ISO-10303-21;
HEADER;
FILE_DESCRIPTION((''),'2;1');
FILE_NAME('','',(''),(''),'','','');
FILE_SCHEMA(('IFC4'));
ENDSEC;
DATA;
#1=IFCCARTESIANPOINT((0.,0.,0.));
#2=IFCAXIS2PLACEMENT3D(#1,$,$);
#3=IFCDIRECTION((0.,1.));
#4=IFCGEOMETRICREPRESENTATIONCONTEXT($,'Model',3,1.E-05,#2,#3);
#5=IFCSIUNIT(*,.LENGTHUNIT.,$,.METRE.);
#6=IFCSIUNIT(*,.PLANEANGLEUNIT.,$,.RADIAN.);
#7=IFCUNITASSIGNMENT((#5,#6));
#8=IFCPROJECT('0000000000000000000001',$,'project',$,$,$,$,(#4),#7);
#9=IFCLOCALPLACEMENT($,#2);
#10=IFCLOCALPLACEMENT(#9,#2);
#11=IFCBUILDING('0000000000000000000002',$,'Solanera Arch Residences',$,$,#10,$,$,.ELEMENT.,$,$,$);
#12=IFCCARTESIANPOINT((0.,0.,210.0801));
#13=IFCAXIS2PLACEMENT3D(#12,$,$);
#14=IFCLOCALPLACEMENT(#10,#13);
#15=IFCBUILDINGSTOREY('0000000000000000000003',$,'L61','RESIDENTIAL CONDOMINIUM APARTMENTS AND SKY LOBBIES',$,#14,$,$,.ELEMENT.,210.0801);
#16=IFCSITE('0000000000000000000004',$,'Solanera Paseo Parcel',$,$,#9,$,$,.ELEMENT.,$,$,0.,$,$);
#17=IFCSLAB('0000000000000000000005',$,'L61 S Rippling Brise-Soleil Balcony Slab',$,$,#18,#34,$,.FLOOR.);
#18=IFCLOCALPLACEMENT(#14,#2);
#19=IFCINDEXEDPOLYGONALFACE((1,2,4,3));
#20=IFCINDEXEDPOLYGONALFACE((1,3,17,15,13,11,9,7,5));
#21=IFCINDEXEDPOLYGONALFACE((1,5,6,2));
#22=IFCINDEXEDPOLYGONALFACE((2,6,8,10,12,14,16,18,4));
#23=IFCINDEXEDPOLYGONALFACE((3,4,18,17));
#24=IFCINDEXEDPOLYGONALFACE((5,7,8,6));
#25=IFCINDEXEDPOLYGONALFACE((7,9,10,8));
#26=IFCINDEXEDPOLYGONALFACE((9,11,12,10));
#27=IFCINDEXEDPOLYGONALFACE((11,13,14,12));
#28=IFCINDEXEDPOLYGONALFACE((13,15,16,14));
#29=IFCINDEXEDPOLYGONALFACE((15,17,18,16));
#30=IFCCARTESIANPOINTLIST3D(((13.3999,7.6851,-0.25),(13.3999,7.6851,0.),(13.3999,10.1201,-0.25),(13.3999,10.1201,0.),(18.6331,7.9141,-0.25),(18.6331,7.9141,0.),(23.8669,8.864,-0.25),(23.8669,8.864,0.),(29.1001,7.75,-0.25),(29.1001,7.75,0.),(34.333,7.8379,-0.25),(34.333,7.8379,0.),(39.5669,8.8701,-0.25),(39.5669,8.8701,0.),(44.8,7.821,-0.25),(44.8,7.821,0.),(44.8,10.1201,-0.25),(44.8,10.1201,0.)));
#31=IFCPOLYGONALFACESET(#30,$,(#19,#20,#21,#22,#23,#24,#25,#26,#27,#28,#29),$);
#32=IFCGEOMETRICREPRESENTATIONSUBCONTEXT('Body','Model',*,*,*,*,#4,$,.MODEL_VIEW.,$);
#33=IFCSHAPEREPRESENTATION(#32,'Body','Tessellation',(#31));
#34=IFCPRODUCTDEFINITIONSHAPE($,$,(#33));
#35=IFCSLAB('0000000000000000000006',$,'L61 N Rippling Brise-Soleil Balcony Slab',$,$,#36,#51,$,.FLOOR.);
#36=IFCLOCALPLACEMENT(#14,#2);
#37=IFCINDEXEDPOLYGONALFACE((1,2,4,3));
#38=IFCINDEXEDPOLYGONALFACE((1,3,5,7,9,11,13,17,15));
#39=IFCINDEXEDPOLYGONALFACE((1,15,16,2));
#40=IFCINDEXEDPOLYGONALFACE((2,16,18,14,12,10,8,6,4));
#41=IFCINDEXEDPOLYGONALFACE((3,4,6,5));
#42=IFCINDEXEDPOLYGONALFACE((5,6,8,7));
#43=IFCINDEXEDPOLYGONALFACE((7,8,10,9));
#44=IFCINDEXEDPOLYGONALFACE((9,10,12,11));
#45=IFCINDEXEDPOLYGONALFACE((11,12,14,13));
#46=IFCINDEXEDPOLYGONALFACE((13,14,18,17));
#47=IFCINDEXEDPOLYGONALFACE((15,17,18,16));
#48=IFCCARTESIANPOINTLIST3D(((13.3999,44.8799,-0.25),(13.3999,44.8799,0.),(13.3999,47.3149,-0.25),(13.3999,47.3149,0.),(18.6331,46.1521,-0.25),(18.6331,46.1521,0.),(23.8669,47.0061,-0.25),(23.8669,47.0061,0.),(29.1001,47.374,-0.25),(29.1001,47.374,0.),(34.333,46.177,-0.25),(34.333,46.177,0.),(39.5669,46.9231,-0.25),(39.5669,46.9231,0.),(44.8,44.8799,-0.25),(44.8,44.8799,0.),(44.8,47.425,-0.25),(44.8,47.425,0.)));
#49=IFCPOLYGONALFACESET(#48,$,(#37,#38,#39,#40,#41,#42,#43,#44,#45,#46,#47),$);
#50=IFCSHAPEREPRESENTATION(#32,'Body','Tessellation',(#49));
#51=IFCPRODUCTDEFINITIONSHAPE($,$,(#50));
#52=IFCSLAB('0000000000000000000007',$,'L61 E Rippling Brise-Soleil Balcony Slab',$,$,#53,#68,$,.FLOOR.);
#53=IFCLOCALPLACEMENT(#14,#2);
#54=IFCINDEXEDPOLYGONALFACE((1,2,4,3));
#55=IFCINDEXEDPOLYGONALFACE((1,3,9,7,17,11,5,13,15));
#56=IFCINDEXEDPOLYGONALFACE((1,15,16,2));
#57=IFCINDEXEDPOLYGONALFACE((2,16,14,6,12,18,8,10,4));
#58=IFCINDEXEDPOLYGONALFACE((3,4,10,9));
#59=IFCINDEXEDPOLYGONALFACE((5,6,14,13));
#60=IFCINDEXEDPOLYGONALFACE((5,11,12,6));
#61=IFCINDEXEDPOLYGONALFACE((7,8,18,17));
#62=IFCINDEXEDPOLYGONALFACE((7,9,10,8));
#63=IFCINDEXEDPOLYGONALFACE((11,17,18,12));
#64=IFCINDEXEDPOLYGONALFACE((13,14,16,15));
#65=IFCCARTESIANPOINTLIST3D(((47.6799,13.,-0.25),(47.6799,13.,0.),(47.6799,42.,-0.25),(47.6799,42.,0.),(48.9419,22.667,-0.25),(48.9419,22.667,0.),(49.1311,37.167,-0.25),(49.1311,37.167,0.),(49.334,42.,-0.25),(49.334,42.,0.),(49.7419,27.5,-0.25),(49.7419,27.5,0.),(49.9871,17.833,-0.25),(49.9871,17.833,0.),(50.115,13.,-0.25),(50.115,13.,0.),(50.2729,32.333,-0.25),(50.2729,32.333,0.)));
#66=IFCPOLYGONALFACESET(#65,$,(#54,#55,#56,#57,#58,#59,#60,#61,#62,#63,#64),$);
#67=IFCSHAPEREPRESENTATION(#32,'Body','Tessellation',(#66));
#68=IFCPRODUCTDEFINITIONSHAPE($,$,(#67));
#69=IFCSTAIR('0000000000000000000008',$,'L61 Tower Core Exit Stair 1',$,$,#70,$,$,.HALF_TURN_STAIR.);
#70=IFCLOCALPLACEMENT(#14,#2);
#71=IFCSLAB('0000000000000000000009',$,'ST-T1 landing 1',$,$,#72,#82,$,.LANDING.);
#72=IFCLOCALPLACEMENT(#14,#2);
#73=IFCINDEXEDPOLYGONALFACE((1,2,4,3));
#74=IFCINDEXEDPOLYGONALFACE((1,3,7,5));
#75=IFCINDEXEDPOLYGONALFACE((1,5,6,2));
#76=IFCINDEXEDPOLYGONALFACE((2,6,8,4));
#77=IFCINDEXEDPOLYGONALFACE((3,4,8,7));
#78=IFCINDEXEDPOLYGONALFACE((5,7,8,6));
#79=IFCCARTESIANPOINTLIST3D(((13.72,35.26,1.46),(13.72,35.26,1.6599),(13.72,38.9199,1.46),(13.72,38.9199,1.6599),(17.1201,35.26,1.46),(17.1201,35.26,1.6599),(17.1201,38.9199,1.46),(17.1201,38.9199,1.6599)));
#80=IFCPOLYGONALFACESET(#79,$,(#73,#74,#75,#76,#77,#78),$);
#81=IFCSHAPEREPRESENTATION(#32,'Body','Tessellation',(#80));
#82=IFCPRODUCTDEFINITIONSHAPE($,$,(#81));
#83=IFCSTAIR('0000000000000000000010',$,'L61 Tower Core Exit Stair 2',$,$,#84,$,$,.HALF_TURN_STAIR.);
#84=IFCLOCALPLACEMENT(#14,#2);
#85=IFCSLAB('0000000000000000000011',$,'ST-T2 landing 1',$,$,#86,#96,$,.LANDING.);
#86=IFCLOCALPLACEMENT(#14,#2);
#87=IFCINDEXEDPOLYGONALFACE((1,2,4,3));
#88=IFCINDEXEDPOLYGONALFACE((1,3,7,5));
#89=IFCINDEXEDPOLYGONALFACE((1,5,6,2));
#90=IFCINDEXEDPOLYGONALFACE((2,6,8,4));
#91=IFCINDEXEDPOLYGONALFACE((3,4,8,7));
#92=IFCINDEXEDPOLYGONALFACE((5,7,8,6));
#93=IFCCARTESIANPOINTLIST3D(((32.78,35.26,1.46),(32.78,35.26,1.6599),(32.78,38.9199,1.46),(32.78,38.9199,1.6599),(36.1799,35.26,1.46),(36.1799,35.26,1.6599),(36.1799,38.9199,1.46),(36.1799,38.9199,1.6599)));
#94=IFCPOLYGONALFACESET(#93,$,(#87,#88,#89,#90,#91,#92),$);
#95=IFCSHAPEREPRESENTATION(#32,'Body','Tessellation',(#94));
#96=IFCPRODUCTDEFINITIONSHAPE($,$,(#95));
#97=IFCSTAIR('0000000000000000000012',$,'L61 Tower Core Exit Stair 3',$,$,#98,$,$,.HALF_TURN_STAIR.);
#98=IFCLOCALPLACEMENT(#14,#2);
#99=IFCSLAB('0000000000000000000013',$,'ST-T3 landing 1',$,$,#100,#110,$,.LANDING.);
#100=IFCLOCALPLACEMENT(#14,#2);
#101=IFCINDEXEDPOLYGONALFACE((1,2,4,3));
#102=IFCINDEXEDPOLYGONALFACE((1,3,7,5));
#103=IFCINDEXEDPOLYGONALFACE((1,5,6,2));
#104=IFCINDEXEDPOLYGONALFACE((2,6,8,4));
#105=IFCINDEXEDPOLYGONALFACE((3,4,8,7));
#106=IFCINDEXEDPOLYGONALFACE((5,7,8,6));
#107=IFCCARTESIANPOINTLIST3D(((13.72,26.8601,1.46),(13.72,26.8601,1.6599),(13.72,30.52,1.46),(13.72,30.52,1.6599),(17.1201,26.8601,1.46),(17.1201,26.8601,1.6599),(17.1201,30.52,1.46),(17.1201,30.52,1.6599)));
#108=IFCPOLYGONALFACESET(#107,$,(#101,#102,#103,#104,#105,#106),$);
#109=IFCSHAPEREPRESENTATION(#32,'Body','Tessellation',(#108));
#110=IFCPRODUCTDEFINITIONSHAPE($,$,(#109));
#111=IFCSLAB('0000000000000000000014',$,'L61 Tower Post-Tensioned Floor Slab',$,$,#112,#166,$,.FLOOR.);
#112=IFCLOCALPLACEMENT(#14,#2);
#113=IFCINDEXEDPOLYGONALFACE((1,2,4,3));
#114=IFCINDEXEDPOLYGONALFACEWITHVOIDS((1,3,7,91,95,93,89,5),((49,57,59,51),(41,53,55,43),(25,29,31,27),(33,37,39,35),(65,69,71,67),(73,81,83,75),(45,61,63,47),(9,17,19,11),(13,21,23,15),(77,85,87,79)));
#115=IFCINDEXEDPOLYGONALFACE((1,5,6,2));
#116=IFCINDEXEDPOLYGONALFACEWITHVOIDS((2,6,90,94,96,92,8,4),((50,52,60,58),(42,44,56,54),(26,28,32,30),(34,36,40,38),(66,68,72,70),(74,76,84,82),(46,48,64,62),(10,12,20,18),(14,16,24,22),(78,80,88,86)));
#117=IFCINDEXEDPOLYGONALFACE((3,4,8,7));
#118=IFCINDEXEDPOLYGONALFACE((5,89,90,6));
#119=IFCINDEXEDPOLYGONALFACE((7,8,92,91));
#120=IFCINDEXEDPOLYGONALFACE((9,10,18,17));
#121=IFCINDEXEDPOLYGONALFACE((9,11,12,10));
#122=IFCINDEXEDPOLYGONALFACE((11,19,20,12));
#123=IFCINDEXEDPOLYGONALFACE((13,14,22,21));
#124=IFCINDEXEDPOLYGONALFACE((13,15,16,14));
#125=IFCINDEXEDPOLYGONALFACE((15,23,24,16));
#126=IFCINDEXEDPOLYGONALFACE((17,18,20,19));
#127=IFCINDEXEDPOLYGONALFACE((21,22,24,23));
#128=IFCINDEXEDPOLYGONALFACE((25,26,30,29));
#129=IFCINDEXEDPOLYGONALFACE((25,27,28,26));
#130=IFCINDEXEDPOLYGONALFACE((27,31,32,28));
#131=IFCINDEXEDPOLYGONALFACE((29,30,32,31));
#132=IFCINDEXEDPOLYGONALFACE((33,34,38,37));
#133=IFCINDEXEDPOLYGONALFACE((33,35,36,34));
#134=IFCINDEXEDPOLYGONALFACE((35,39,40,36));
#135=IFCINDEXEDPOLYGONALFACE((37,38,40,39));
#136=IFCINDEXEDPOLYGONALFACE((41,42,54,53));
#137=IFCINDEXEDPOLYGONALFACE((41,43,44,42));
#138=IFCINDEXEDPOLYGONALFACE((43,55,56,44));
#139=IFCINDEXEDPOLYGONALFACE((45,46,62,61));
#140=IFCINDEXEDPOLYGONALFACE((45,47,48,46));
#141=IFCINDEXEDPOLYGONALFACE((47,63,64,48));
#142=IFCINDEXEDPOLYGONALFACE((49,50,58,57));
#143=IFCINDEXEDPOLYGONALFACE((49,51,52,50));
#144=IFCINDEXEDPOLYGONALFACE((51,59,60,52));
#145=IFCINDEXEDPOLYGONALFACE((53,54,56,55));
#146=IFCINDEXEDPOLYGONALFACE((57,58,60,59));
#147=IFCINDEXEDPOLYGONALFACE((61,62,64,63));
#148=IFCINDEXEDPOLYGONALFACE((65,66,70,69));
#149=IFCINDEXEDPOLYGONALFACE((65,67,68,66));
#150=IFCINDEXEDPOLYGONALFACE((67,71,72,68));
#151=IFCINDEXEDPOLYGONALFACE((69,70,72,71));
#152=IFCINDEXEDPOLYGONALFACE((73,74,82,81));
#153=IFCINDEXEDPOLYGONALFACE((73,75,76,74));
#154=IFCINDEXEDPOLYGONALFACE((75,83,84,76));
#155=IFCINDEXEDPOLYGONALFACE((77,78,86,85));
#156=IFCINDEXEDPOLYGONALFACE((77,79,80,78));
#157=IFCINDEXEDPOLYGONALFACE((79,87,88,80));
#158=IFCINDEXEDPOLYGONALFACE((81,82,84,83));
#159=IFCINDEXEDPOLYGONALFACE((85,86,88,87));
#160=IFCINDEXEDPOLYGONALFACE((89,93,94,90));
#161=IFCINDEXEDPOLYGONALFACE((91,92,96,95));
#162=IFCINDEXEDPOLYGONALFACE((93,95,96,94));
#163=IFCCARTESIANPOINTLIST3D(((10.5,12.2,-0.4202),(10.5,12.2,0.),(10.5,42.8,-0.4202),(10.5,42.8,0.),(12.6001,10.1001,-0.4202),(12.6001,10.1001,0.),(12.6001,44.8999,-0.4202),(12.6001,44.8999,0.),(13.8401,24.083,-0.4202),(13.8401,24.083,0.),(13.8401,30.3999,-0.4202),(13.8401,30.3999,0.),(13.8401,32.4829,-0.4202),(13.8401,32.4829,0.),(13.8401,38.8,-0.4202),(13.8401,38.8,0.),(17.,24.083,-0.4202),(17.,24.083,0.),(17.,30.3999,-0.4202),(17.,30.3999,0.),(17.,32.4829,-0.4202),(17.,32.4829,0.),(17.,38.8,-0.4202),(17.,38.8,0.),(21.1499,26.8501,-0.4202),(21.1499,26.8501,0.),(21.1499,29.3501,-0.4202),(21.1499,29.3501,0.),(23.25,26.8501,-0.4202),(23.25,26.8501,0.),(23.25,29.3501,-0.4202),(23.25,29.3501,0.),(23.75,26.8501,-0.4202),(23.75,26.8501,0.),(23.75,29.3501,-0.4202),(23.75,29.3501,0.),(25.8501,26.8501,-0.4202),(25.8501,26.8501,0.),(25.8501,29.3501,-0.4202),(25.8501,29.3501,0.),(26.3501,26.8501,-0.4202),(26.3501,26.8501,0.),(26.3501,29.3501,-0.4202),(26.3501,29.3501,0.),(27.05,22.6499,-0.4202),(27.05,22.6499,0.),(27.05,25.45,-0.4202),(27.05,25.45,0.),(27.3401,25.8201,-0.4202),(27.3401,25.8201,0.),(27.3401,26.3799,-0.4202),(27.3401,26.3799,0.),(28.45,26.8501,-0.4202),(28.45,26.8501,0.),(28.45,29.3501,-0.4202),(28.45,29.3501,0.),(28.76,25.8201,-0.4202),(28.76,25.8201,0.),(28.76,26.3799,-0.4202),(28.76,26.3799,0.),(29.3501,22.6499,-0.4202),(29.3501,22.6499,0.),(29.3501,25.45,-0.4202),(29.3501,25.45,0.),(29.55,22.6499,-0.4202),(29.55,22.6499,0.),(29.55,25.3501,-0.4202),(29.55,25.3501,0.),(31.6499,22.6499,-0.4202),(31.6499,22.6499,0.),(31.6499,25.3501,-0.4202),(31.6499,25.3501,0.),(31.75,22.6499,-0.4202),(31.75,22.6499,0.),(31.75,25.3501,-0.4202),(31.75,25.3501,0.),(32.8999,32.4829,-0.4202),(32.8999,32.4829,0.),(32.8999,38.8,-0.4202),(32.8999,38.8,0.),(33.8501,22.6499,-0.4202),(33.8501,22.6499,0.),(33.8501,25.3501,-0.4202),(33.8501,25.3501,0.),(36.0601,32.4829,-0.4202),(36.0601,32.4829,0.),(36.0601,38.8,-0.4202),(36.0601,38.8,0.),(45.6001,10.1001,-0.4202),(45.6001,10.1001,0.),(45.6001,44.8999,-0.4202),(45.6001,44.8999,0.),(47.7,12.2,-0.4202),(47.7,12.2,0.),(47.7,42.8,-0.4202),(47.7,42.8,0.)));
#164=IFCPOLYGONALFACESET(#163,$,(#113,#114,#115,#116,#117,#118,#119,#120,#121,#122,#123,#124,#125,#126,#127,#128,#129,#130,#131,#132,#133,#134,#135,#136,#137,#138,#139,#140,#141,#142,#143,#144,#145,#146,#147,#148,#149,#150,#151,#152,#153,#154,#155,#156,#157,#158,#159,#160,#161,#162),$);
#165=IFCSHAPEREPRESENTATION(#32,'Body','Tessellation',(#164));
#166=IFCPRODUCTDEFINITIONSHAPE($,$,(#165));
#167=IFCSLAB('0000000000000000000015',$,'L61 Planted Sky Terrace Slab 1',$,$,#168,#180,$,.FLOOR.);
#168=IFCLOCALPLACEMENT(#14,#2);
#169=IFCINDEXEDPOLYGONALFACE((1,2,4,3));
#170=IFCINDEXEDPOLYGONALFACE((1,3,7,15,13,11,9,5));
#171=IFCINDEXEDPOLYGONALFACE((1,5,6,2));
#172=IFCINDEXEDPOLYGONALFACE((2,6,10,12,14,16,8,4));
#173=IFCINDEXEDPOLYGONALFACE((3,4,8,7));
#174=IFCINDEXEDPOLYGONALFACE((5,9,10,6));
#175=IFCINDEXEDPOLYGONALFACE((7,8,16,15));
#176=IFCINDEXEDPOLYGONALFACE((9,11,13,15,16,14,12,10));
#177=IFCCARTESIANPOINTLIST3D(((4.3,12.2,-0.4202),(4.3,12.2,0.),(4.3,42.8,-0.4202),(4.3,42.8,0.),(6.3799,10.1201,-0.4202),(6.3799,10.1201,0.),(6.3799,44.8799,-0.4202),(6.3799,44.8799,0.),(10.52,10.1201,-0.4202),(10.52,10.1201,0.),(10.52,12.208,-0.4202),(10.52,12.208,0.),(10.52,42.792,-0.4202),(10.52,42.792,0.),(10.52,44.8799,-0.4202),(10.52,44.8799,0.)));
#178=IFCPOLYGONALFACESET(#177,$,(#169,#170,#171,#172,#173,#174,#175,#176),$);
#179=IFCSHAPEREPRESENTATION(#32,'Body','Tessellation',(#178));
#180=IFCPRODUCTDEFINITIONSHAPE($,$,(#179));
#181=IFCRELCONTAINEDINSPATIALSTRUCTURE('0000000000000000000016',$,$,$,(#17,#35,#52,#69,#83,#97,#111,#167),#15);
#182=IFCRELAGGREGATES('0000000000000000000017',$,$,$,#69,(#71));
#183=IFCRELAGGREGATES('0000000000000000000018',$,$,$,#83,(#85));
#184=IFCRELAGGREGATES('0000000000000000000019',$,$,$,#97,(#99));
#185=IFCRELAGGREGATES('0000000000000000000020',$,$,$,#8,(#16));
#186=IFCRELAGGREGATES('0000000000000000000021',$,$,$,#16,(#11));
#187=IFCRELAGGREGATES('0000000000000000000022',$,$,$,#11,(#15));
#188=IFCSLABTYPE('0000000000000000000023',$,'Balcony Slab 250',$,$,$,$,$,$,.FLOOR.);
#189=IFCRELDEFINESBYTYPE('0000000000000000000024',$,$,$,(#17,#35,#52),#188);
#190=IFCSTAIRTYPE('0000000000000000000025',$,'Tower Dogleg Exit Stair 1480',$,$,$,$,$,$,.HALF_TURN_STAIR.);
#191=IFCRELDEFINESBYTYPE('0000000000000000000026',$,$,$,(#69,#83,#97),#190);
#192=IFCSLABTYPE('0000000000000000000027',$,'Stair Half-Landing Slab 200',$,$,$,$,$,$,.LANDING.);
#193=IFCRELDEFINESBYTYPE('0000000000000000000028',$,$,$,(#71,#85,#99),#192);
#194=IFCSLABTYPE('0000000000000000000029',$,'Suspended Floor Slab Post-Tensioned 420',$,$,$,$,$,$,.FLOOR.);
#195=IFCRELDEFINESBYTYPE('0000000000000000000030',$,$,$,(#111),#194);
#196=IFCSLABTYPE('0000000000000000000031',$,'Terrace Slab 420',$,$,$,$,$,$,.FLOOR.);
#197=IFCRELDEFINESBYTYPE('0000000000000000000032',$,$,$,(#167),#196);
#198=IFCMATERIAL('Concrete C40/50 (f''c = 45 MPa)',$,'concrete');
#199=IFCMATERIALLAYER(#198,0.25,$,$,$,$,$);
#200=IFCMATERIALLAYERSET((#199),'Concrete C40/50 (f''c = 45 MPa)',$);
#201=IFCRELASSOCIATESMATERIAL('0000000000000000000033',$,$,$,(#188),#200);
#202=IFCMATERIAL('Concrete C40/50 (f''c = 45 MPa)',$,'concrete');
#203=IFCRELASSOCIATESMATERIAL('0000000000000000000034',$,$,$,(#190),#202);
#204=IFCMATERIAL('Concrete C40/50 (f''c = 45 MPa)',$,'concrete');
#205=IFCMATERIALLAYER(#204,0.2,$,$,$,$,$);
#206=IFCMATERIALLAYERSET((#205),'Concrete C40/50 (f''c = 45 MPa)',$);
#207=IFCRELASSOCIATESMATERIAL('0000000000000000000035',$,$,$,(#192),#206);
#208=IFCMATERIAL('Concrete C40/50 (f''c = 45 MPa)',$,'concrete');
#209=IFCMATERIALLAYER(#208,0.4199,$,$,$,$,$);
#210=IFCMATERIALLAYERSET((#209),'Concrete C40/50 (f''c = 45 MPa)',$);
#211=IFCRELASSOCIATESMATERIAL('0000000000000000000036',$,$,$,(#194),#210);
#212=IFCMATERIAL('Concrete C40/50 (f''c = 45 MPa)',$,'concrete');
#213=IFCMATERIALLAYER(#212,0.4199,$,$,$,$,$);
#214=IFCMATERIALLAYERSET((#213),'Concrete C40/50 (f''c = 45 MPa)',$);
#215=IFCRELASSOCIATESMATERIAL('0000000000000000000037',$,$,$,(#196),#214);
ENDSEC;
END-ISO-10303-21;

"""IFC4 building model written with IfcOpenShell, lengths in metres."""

from ifc_helpers import new_model, si_unit, direction, frame, origin, place, context, subcontext, project, spatial, polyline, outline, extrude, material, layer, layer_set, type_object, element, aggregate, save


model = new_model("IFC4")

# Units and contexts
model_context = context("Model", 3, precision=1e-05, world=origin(), true_north=direction((0.0, 1.0)))
body_context = subcontext(model_context, "Body", "Model", "MODEL_VIEW")
ifc_project = project(units=[si_unit("LENGTHUNIT", "METRE"), si_unit("PLANEANGLEUNIT", "RADIAN")], contexts=[model_context])

# Site, building, storey
site_placement = place(None, origin())
site = spatial("IfcSite", under=ifc_project, at=site_placement, Name="Solanera Paseo Parcel", CompositionType="ELEMENT", RefElevation=0.0)
building_placement = place(site_placement, origin())
building = spatial("IfcBuilding", under=site, at=building_placement, Name="Solanera Arch Residences", CompositionType="ELEMENT")
storey_placement = place(building_placement, frame((0.0, 0.0, 210.0801)))
storey = spatial("IfcBuildingStorey", under=building, at=storey_placement, Name="L61", Description="RESIDENTIAL CONDOMINIUM APARTMENTS AND SKY LOBBIES", CompositionType="ELEMENT", Elevation=210.0801)

# Slabs
ifc_material_1 = material(Name="Concrete C40/50 (f'c = 45 MPa)", Category="concrete")
ifc_layer_1 = layer(ifc_material_1, 0.25)
ifc_layer_set_1 = layer_set([ifc_layer_1], Name="Concrete C40/50 (f'c = 45 MPa)")
slab_type_1 = type_object("IfcSlabType", Name="Balcony Slab 250", PredefinedType="FLOOR", material=ifc_layer_set_1)
slab_1_placement = place(storey_placement, frame((0.0, 0.0, -0.25)))
element("IfcSlab", 1, at=slab_1_placement, inside=storey, type_object=slab_type_1, Name="L61 S Rippling Brise-Soleil Balcony Slab", PredefinedType="FLOOR", context=body_context, shape_type="SweptSolid", body=[
    extrude(outline(polyline([(13.3999, 7.6851), (18.6331, 7.9141), (23.8669, 8.864), (29.1001, 7.75), (34.333, 7.8379), (39.5669, 8.8701), (44.8, 7.821), (44.8, 10.1201), (13.3999, 10.1201), (13.3999, 7.6851)])), origin(), (0.0, 0.0, 1.0), 0.25),
])
slab_2_placement = place(storey_placement, frame((0.0, 0.0, -0.25)))
element("IfcSlab", 2, at=slab_2_placement, inside=storey, type_object=slab_type_1, Name="L61 N Rippling Brise-Soleil Balcony Slab", PredefinedType="FLOOR", context=body_context, shape_type="SweptSolid", body=[
    extrude(outline(polyline([(44.8, 47.425), (39.5669, 46.9231), (34.333, 46.177), (29.1001, 47.374), (23.8669, 47.0061), (18.6331, 46.1521), (13.3999, 47.3149), (13.3999, 44.8799), (44.8, 44.8799), (44.8, 47.425)])), origin(), (0.0, 0.0, 1.0), 0.25),
])
slab_3_placement = place(storey_placement, frame((0.0, 0.0, -0.25)))
element("IfcSlab", 3, at=slab_3_placement, inside=storey, type_object=slab_type_1, Name="L61 E Rippling Brise-Soleil Balcony Slab", PredefinedType="FLOOR", context=body_context, shape_type="SweptSolid", body=[
    extrude(outline(polyline([(50.115, 13.0), (49.9871, 17.833), (48.9419, 22.667), (49.7419, 27.5), (50.2729, 32.333), (49.1311, 37.167), (49.334, 42.0), (47.6799, 42.0), (47.6799, 13.0), (50.115, 13.0)])), origin(), (0.0, 0.0, 1.0), 0.25),
])

# Stairs, slabs
ifc_material_2 = material(Name="Concrete C40/50 (f'c = 45 MPa)", Category="concrete")
stair_type = type_object("IfcStairType", Name="Tower Dogleg Exit Stair 1480", PredefinedType="HALF_TURN_STAIR", material=ifc_material_2)
stair_1_placement = place(storey_placement, origin())
stair_1 = element("IfcStair", 4, at=stair_1_placement, inside=storey, type_object=stair_type, Name="L61 Tower Core Exit Stair 1", PredefinedType="HALF_TURN_STAIR")
ifc_material_3 = material(Name="Concrete C40/50 (f'c = 45 MPa)", Category="concrete")
ifc_layer_2 = layer(ifc_material_3, 0.2)
ifc_layer_set_2 = layer_set([ifc_layer_2], Name="Concrete C40/50 (f'c = 45 MPa)")
slab_type_2 = type_object("IfcSlabType", Name="Stair Half-Landing Slab 200", PredefinedType="LANDING", material=ifc_layer_set_2)
slab_4_placement = place(storey_placement, frame((0.0, 0.0, 1.46)))
slab_4 = element("IfcSlab", 5, at=slab_4_placement, type_object=slab_type_2, Name="ST-T1 landing 1", PredefinedType="LANDING", context=body_context, shape_type="SweptSolid", body=[
    extrude(outline(polyline([(17.1201, 35.26), (17.1201, 38.9199), (13.72, 38.9199), (13.72, 35.26), (17.1201, 35.26)])), origin(), (0.0, 0.0, 1.0), 0.2),
])
aggregate(stair_1, [slab_4])
stair_2_placement = place(storey_placement, origin())
stair_2 = element("IfcStair", 6, at=stair_2_placement, inside=storey, type_object=stair_type, Name="L61 Tower Core Exit Stair 2", PredefinedType="HALF_TURN_STAIR")
slab_5_placement = place(storey_placement, frame((0.0, 0.0, 1.46)))
slab_5 = element("IfcSlab", 7, at=slab_5_placement, type_object=slab_type_2, Name="ST-T2 landing 1", PredefinedType="LANDING", context=body_context, shape_type="SweptSolid", body=[
    extrude(outline(polyline([(36.1799, 35.26), (36.1799, 38.9199), (32.78, 38.9199), (32.78, 35.26), (36.1799, 35.26)])), origin(), (0.0, 0.0, 1.0), 0.2),
])
aggregate(stair_2, [slab_5])
stair_3_placement = place(storey_placement, origin())
stair_3 = element("IfcStair", 8, at=stair_3_placement, inside=storey, type_object=stair_type, Name="L61 Tower Core Exit Stair 3", PredefinedType="HALF_TURN_STAIR")
slab_6_placement = place(storey_placement, frame((0.0, 0.0, 1.46)))
slab_6 = element("IfcSlab", 9, at=slab_6_placement, type_object=slab_type_2, Name="ST-T3 landing 1", PredefinedType="LANDING", context=body_context, shape_type="SweptSolid", body=[
    extrude(outline(polyline([(17.1201, 26.8601), (17.1201, 30.52), (13.72, 30.52), (13.72, 26.8601), (17.1201, 26.8601)])), origin(), (0.0, 0.0, 1.0), 0.2),
])
aggregate(stair_3, [slab_6])

# Slabs
ifc_material_4 = material(Name="Concrete C40/50 (f'c = 45 MPa)", Category="concrete")
ifc_layer_3 = layer(ifc_material_4, 0.4199)
ifc_layer_set_3 = layer_set([ifc_layer_3], Name="Concrete C40/50 (f'c = 45 MPa)")
slab_type_3 = type_object("IfcSlabType", Name="Suspended Floor Slab Post-Tensioned 420", PredefinedType="FLOOR", material=ifc_layer_set_3)
slab_7_placement = place(storey_placement, frame((0.0, 0.0, -0.4202)))
element("IfcSlab", 10, at=slab_7_placement, inside=storey, type_object=slab_type_3, Name="L61 Tower Post-Tensioned Floor Slab", PredefinedType="FLOOR", context=body_context, shape_type="SweptSolid", body=[
    extrude(outline(polyline([(12.6001, 10.1001), (45.6001, 10.1001), (47.7, 12.2), (47.7, 42.8), (45.6001, 44.8999), (12.6001, 44.8999), (10.5, 42.8), (10.5, 12.2), (12.6001, 10.1001)]), holes=[polyline([(13.8401, 32.4829), (13.8401, 38.8), (17.0, 38.8), (17.0, 32.4829), (13.8401, 32.4829)]), polyline([(32.8999, 32.4829), (32.8999, 38.8), (36.0601, 38.8), (36.0601, 32.4829), (32.8999, 32.4829)]), polyline([(13.8401, 24.083), (13.8401, 30.3999), (17.0, 30.3999), (17.0, 24.083), (13.8401, 24.083)]), polyline([(21.1499, 29.3501), (23.25, 29.3501), (23.25, 26.8501), (21.1499, 26.8501), (21.1499, 29.3501)]), polyline([(23.75, 29.3501), (25.8501, 29.3501), (25.8501, 26.8501), (23.75, 26.8501), (23.75, 29.3501)]), polyline([(26.3501, 29.3501), (28.45, 29.3501), (28.45, 26.8501), (26.3501, 26.8501), (26.3501, 29.3501)]), polyline([(29.55, 25.3501), (31.6499, 25.3501), (31.6499, 22.6499), (29.55, 22.6499), (29.55, 25.3501)]), polyline([(31.75, 25.3501), (33.8501, 25.3501), (33.8501, 22.6499), (31.75, 22.6499), (31.75, 25.3501)]), polyline([(27.05, 25.45), (29.3501, 25.45), (29.3501, 22.6499), (27.05, 22.6499), (27.05, 25.45)]), polyline([(27.3401, 26.3799), (28.76, 26.3799), (28.76, 25.8201), (27.3401, 25.8201), (27.3401, 26.3799)])]), origin(), (0.0, 0.0, 1.0), 0.4202),
])
ifc_material_5 = material(Name="Concrete C40/50 (f'c = 45 MPa)", Category="concrete")
ifc_layer_4 = layer(ifc_material_5, 0.4199)
ifc_layer_set_4 = layer_set([ifc_layer_4], Name="Concrete C40/50 (f'c = 45 MPa)")
slab_type_4 = type_object("IfcSlabType", Name="Terrace Slab 420", PredefinedType="FLOOR", material=ifc_layer_set_4)
slab_8_placement = place(storey_placement, frame((0.0, 0.0, -0.4202)))
element("IfcSlab", 11, at=slab_8_placement, inside=storey, type_object=slab_type_4, Name="L61 Planted Sky Terrace Slab 1", PredefinedType="FLOOR", context=body_context, shape_type="SweptSolid", body=[
    extrude(outline(polyline([(6.3799, 10.1201), (10.52, 10.1201), (10.52, 12.208), (10.52, 42.792), (10.52, 44.8799), (6.3799, 44.8799), (4.3, 42.8), (4.3, 12.2), (6.3799, 10.1201)])), origin(), (0.0, 0.0, 1.0), 0.4202),
])

save(model, "model.ifc")
